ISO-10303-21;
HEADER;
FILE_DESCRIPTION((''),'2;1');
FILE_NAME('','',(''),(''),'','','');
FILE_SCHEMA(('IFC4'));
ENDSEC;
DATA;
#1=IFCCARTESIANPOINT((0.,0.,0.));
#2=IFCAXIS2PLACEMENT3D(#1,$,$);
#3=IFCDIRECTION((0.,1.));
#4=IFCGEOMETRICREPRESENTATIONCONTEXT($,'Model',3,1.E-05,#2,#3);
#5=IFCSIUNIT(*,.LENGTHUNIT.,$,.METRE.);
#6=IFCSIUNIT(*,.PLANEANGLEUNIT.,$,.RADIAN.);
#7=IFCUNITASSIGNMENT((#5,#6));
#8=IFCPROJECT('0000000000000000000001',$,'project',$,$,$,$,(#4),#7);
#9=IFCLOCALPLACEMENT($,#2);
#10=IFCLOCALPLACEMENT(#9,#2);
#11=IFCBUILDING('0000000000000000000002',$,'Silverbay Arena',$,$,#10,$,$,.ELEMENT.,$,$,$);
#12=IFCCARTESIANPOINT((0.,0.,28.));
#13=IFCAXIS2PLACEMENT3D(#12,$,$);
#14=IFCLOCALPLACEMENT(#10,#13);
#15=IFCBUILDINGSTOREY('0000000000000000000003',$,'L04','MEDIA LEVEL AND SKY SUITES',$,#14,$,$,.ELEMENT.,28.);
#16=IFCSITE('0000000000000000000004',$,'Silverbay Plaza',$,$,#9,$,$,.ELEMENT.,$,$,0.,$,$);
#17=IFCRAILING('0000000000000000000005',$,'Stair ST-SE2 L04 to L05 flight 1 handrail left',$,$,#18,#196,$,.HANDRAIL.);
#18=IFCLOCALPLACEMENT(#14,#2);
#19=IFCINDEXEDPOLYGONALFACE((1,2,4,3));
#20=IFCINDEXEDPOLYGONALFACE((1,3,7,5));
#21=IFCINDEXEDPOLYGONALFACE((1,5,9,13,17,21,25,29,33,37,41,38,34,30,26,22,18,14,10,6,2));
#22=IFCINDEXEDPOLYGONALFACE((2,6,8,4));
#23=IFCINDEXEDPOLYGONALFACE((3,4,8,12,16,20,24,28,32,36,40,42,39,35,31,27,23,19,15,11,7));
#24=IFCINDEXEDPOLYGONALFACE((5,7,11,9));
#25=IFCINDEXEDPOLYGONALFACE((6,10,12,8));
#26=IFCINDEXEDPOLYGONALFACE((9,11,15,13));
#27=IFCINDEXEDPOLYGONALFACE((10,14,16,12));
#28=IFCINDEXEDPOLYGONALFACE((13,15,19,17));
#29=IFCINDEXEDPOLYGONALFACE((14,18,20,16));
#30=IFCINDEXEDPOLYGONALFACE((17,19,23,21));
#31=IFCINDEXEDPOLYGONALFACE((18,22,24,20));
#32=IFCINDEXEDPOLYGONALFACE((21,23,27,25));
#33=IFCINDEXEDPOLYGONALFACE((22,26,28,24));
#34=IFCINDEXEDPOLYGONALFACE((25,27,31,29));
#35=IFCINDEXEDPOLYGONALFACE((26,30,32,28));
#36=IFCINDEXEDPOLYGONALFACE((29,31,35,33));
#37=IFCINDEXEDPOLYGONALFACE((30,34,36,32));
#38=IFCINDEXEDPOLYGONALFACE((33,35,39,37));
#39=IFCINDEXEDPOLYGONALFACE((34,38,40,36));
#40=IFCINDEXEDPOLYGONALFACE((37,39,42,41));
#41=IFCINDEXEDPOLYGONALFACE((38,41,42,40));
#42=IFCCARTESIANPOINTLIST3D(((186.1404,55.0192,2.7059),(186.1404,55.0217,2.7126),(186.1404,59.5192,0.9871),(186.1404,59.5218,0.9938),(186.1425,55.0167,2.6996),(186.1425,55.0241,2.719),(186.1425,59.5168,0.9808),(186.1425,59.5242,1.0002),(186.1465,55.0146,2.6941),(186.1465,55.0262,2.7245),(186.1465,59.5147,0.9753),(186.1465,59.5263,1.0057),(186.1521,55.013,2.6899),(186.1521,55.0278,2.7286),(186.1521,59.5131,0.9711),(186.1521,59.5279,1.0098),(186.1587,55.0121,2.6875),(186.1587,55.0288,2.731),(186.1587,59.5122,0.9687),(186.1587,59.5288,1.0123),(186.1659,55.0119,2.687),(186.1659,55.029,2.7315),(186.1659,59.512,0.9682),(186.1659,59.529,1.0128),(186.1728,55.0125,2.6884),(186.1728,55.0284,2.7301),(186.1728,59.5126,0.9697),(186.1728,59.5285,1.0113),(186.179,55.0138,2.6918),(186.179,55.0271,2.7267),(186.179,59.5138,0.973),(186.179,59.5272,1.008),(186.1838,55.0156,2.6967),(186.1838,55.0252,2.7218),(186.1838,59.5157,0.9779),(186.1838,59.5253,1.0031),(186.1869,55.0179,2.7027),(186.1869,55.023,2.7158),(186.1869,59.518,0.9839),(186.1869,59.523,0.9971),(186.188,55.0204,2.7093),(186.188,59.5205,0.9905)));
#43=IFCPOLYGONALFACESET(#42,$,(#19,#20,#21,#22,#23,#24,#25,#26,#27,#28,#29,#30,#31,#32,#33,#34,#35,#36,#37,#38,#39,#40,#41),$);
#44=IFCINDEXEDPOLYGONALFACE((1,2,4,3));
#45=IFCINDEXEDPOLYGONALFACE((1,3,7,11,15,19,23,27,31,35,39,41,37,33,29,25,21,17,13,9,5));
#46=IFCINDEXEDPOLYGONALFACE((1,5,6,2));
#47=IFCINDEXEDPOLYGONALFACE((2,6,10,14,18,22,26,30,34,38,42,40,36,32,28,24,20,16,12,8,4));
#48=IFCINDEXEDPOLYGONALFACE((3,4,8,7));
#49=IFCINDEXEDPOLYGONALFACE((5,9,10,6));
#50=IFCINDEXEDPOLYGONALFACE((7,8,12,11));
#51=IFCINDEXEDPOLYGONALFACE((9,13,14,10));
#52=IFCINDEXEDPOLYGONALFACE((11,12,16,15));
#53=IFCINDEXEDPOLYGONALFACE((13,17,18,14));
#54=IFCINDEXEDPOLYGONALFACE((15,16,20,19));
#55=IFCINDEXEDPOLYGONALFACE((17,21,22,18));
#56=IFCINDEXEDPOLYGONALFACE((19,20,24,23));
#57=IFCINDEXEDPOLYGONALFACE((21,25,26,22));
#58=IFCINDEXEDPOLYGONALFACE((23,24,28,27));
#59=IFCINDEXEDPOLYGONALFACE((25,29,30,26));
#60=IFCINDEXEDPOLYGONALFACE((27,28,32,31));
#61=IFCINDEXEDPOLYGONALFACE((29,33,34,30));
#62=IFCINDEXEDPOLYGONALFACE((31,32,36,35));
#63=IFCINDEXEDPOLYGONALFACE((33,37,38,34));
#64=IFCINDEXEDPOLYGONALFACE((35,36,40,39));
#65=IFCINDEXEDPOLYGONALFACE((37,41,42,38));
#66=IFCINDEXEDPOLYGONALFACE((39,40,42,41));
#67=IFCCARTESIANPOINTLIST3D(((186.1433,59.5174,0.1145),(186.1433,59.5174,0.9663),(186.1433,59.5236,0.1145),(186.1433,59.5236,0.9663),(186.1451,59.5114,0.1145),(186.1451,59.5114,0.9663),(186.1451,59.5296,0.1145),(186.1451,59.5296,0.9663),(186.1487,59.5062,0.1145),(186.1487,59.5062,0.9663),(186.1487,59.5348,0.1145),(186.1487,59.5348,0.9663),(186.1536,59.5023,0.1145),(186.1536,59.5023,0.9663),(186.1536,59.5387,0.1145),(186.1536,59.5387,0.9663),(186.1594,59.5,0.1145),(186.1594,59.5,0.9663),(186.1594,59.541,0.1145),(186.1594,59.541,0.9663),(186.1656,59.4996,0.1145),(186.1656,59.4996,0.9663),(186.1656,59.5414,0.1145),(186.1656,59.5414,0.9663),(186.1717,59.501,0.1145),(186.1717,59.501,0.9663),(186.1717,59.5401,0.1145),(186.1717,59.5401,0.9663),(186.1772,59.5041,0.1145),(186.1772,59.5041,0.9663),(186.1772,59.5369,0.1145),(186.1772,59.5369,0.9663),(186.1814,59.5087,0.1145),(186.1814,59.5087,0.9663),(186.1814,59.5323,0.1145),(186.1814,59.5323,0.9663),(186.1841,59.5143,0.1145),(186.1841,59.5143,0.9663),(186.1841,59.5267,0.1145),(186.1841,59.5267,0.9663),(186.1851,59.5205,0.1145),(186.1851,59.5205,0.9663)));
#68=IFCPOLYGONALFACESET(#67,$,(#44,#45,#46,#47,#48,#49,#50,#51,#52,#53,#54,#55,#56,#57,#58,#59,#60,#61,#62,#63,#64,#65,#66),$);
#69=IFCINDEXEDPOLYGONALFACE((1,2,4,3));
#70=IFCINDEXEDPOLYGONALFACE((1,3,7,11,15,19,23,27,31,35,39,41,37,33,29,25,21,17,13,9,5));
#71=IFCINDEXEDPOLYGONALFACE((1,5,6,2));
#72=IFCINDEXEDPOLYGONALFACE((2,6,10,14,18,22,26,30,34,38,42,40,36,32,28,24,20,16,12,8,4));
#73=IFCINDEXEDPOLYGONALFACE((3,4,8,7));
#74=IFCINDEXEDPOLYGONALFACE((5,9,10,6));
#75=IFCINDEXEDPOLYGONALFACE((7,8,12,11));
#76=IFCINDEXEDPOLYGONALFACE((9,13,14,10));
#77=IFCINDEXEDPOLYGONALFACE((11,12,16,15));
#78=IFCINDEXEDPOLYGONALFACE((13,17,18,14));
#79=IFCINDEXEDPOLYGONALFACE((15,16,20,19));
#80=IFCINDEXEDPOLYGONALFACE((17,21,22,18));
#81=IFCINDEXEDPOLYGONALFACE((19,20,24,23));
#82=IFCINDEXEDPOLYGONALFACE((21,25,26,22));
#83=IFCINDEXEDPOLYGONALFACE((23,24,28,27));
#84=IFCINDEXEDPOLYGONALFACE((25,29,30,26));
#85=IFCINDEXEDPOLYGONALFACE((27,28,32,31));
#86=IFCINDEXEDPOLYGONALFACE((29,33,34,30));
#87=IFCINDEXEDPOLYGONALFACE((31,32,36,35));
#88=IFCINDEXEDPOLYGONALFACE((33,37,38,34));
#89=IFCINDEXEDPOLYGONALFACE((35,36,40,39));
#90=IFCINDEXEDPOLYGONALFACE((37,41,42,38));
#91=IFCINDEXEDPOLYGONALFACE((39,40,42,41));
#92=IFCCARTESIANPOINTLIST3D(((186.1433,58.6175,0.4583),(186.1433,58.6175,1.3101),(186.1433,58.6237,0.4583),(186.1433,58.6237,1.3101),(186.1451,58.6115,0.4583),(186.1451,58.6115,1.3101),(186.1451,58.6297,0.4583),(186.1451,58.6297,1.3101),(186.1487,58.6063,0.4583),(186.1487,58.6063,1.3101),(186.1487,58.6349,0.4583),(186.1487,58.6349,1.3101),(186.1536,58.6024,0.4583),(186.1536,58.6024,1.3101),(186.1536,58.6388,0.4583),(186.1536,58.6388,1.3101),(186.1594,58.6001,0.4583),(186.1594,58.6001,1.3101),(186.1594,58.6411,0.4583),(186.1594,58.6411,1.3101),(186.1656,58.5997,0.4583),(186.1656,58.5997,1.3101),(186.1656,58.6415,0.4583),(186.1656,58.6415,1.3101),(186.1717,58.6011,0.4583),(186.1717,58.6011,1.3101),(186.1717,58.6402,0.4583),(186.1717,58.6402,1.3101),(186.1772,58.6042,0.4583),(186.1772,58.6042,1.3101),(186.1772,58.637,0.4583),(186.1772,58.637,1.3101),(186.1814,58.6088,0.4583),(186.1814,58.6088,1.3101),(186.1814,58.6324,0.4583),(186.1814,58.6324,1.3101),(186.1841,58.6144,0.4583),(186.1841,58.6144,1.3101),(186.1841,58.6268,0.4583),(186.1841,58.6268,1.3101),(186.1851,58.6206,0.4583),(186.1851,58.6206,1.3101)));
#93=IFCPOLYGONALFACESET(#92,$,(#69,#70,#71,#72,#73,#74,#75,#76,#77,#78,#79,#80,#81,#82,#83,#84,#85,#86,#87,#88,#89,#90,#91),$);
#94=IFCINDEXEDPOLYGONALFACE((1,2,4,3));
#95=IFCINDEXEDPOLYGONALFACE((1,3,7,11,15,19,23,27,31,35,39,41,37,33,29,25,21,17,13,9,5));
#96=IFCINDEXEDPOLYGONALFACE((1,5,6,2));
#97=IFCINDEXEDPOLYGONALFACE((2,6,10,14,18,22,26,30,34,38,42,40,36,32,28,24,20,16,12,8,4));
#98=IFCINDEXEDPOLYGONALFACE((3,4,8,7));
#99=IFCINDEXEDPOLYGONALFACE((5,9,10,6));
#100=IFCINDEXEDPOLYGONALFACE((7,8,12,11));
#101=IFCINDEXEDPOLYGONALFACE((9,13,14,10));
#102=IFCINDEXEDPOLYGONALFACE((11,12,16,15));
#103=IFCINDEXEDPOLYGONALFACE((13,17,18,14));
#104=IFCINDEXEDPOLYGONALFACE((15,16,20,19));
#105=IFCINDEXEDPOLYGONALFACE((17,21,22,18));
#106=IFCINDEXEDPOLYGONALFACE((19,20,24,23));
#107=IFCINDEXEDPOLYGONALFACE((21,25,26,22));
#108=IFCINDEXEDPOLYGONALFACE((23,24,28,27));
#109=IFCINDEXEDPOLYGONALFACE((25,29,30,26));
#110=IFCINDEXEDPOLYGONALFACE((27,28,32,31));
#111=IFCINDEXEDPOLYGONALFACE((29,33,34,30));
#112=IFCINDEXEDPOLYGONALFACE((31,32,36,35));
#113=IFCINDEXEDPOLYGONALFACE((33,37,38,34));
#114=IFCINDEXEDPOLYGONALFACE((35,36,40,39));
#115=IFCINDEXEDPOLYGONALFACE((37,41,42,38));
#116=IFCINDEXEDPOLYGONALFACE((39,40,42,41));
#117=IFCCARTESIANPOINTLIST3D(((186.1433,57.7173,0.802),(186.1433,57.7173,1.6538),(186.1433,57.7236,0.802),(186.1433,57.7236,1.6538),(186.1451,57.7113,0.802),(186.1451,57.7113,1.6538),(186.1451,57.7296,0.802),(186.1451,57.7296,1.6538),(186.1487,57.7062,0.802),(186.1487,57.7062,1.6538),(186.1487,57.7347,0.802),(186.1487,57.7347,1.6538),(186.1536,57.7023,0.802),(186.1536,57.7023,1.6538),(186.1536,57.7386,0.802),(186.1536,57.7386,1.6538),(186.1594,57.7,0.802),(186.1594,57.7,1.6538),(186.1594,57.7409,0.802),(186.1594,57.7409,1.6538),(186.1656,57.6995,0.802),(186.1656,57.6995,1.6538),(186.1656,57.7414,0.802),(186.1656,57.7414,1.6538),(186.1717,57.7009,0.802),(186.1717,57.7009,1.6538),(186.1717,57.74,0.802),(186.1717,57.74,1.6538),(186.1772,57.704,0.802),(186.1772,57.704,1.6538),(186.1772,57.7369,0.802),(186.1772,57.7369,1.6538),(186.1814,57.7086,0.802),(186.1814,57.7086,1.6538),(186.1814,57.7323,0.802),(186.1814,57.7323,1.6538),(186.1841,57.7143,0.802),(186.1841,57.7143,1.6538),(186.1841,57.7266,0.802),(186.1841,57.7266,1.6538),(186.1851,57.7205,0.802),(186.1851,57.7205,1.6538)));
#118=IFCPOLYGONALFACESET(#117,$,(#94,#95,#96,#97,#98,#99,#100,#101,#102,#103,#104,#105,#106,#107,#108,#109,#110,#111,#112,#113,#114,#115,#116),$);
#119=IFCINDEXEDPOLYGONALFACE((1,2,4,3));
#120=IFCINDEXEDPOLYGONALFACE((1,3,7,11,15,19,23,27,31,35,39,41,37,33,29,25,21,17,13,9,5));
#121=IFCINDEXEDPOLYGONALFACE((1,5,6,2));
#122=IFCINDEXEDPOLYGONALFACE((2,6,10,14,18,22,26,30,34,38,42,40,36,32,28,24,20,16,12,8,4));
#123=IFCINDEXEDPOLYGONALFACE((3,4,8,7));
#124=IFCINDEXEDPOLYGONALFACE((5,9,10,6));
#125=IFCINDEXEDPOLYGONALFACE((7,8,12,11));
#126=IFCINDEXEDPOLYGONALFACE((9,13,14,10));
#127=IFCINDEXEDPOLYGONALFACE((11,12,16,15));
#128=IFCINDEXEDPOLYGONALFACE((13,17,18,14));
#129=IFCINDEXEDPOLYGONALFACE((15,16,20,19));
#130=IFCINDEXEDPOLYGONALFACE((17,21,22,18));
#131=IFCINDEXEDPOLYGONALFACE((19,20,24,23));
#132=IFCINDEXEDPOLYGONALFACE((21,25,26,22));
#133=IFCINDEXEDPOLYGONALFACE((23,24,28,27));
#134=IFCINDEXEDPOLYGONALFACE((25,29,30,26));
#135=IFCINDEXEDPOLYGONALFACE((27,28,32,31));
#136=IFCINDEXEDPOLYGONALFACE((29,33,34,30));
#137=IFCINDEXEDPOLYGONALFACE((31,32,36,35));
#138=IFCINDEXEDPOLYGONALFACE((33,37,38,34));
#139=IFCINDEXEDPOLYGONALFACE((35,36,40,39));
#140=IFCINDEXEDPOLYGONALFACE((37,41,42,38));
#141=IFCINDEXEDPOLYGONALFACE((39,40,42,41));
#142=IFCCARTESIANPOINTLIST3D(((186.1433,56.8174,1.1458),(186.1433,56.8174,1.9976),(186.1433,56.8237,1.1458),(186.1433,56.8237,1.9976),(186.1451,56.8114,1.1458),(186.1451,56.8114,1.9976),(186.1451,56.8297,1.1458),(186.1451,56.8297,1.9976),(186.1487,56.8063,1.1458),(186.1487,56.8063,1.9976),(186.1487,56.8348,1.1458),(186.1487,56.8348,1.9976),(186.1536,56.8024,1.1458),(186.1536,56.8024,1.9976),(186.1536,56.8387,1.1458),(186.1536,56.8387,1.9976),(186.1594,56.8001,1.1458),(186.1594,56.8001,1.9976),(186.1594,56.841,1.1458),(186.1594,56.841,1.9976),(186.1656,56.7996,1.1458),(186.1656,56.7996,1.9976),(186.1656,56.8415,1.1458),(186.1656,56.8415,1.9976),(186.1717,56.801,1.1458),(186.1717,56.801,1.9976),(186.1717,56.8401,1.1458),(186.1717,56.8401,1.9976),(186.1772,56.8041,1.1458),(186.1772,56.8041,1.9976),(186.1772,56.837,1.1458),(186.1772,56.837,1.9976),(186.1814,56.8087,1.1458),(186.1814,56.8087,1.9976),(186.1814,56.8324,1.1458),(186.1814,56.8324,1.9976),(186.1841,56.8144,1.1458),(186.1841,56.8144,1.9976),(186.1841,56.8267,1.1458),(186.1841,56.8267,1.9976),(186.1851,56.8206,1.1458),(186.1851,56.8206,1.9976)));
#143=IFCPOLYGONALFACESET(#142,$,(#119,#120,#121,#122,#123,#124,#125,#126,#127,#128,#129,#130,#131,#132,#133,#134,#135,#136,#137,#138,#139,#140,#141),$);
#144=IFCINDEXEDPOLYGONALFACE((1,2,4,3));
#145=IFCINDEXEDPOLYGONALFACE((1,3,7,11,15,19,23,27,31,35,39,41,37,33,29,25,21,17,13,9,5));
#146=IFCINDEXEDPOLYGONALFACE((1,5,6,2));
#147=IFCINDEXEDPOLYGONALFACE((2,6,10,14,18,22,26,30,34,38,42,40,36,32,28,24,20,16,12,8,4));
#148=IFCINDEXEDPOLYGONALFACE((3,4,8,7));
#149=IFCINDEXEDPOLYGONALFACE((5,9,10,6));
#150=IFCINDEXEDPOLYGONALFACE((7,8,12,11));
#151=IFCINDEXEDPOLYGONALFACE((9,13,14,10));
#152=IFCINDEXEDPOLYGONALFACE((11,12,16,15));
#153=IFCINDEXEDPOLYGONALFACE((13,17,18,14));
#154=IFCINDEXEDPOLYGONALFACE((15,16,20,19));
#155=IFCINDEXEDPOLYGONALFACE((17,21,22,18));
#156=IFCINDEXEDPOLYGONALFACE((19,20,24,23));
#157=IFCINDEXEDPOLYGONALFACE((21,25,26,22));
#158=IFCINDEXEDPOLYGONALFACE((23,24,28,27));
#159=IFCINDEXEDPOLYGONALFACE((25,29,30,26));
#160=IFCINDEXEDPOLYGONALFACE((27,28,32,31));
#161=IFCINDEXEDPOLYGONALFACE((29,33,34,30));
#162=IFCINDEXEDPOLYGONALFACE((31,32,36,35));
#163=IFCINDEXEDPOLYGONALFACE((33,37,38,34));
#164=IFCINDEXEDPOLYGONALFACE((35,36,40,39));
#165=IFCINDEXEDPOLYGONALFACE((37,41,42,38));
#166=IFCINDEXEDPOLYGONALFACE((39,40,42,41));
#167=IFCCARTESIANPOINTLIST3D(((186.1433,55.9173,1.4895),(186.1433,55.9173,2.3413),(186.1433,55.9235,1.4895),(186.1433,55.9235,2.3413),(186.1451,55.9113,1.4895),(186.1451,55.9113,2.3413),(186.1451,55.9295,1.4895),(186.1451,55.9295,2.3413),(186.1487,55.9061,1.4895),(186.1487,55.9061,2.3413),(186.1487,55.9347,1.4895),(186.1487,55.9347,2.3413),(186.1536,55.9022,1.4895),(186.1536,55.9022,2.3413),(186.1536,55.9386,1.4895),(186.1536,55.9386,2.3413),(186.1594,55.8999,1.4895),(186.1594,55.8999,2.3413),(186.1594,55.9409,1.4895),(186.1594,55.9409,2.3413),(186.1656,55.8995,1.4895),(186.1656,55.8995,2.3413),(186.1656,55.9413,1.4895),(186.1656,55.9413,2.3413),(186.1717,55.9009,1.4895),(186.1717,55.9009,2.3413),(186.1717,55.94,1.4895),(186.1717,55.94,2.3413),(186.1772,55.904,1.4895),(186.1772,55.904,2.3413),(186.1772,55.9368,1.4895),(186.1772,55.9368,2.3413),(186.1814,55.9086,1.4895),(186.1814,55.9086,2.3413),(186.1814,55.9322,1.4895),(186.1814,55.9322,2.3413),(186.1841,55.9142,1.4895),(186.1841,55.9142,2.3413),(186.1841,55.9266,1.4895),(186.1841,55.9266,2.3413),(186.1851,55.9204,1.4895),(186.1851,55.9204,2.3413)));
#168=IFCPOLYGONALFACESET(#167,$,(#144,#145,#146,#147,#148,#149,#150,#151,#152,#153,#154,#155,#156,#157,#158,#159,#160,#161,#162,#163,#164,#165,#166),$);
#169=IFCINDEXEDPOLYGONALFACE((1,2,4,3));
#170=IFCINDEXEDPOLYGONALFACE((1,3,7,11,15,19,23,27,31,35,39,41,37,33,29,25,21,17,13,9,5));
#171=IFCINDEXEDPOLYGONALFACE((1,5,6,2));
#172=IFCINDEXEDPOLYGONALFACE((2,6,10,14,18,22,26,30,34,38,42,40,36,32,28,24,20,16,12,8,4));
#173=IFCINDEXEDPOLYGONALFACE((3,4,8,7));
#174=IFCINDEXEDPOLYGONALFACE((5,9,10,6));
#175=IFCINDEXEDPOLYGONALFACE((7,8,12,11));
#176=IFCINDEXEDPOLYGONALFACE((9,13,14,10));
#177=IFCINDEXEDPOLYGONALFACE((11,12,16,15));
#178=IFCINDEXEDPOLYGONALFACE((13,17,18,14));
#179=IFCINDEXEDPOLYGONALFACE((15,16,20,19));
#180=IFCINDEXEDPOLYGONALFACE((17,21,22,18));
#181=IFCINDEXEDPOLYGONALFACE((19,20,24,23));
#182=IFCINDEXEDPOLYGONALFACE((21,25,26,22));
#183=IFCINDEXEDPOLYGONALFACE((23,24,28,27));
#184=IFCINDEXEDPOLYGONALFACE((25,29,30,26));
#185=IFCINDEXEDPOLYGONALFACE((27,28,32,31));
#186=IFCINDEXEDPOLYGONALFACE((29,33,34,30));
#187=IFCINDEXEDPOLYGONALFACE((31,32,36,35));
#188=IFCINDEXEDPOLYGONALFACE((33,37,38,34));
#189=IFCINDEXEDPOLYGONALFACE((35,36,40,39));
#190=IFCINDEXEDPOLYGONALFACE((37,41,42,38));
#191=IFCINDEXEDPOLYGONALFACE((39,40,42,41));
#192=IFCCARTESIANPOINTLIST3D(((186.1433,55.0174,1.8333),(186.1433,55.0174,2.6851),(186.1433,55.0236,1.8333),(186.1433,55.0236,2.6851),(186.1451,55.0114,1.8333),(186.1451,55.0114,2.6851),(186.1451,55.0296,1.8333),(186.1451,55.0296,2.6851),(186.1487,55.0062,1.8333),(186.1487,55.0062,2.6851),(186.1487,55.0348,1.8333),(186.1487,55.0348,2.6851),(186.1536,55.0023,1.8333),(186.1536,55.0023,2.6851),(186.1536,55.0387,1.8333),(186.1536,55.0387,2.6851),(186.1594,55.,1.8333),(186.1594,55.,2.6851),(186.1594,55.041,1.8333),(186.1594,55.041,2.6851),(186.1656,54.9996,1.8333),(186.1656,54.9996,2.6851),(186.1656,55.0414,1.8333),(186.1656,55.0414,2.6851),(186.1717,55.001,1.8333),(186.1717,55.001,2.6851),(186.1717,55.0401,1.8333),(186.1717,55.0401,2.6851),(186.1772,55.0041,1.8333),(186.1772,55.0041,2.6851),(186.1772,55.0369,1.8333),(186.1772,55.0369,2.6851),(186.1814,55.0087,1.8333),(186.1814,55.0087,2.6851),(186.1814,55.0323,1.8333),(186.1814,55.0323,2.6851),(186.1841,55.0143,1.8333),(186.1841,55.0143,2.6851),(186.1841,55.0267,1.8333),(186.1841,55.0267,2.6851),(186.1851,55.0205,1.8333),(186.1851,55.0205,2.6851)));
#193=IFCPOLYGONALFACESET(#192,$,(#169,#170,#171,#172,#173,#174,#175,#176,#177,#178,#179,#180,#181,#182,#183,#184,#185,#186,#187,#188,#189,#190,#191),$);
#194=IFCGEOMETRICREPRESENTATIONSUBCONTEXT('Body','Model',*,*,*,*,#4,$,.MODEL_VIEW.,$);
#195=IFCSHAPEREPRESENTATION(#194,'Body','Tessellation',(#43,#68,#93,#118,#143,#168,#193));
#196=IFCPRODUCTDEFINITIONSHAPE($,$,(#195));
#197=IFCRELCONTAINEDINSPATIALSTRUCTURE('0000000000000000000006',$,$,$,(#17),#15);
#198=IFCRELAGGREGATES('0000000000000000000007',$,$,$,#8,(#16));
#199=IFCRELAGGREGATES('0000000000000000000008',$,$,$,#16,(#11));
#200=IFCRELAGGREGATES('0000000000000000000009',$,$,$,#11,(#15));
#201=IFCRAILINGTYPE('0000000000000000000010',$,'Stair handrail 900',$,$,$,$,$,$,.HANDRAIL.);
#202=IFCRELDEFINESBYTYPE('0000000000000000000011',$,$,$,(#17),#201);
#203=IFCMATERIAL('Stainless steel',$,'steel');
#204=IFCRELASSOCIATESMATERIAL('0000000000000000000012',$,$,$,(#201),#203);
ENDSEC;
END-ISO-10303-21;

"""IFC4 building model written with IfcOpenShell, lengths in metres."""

from ifc_helpers import new_model, si_unit, direction, frame, origin, origin_2d, place, context, subcontext, project, spatial, circle, extrude, material, type_object, element, save


model = new_model("IFC4")

# Units and contexts
model_context = context("Model", 3, precision=1e-05, world=origin(), true_north=direction((0.0, 1.0)))
body_context = subcontext(model_context, "Body", "Model", "MODEL_VIEW")
ifc_project = project(units=[si_unit("LENGTHUNIT", "METRE"), si_unit("PLANEANGLEUNIT", "RADIAN")], contexts=[model_context])

# Site, building, storey
site_placement = place(None, origin())
site = spatial("IfcSite", under=ifc_project, at=site_placement, Name="Silverbay Plaza", CompositionType="ELEMENT", RefElevation=0.0)
building_placement = place(site_placement, origin())
building = spatial("IfcBuilding", under=site, at=building_placement, Name="Silverbay Arena", CompositionType="ELEMENT")
storey_placement = place(building_placement, frame((0.0, 0.0, 28.0)))
storey = spatial("IfcBuildingStorey", under=building, at=storey_placement, Name="L04", Description="MEDIA LEVEL AND SKY SUITES", CompositionType="ELEMENT", Elevation=28.0)

# Railing
ifc_material_1 = material(Name="Stainless steel", Category="steel")
railing_type_1 = type_object("IfcRailingType", Name="Stair handrail 900", PredefinedType="HANDRAIL", material=ifc_material_1)
for number, where, name in (
    (1, (186.1641, 59.5205, 0.1145), "Stair ST-SE2 L04 to L05 flight 1 handrail left"),
):
    element("IfcRailing", number, at=place(storey_placement, frame(where)), inside=storey, type_object=railing_type_1, Name=name, PredefinedType="HANDRAIL", context=body_context, shape_type="SweptSolid", body=[
        extrude(circle(Radius=0.0239, at=origin_2d()), frame((0.0, 0.0, 0.876), z_axis=(0.0, -0.934179, 0.356805), x_axis=(1.0, 0.0, 0.0)), (0.0, 0.0, 1.0), 4.8171),
        extrude(circle(Radius=0.021, at=origin_2d()), origin(), (0.0, 0.0, 1.0), 0.8518),
        extrude(circle(Radius=0.021, at=origin_2d()), frame((0.0, -0.8999, 0.3438)), (0.0, 0.0, 1.0), 0.8518),
        extrude(circle(Radius=0.021, at=origin_2d()), frame((0.0, -1.8, 0.6875)), (0.0, 0.0, 1.0), 0.8518),
        extrude(circle(Radius=0.021, at=origin_2d()), frame((0.0, -2.7, 1.0312)), (0.0, 0.0, 1.0), 0.8518),
        extrude(circle(Radius=0.021, at=origin_2d()), frame((0.0, -3.6001, 1.375)), (0.0, 0.0, 1.0), 0.8518),
        extrude(circle(Radius=0.021, at=origin_2d()), frame((0.0, -4.5, 1.7188)), (0.0, 0.0, 1.0), 0.8518),
    ])

save(model, "model.ifc")
